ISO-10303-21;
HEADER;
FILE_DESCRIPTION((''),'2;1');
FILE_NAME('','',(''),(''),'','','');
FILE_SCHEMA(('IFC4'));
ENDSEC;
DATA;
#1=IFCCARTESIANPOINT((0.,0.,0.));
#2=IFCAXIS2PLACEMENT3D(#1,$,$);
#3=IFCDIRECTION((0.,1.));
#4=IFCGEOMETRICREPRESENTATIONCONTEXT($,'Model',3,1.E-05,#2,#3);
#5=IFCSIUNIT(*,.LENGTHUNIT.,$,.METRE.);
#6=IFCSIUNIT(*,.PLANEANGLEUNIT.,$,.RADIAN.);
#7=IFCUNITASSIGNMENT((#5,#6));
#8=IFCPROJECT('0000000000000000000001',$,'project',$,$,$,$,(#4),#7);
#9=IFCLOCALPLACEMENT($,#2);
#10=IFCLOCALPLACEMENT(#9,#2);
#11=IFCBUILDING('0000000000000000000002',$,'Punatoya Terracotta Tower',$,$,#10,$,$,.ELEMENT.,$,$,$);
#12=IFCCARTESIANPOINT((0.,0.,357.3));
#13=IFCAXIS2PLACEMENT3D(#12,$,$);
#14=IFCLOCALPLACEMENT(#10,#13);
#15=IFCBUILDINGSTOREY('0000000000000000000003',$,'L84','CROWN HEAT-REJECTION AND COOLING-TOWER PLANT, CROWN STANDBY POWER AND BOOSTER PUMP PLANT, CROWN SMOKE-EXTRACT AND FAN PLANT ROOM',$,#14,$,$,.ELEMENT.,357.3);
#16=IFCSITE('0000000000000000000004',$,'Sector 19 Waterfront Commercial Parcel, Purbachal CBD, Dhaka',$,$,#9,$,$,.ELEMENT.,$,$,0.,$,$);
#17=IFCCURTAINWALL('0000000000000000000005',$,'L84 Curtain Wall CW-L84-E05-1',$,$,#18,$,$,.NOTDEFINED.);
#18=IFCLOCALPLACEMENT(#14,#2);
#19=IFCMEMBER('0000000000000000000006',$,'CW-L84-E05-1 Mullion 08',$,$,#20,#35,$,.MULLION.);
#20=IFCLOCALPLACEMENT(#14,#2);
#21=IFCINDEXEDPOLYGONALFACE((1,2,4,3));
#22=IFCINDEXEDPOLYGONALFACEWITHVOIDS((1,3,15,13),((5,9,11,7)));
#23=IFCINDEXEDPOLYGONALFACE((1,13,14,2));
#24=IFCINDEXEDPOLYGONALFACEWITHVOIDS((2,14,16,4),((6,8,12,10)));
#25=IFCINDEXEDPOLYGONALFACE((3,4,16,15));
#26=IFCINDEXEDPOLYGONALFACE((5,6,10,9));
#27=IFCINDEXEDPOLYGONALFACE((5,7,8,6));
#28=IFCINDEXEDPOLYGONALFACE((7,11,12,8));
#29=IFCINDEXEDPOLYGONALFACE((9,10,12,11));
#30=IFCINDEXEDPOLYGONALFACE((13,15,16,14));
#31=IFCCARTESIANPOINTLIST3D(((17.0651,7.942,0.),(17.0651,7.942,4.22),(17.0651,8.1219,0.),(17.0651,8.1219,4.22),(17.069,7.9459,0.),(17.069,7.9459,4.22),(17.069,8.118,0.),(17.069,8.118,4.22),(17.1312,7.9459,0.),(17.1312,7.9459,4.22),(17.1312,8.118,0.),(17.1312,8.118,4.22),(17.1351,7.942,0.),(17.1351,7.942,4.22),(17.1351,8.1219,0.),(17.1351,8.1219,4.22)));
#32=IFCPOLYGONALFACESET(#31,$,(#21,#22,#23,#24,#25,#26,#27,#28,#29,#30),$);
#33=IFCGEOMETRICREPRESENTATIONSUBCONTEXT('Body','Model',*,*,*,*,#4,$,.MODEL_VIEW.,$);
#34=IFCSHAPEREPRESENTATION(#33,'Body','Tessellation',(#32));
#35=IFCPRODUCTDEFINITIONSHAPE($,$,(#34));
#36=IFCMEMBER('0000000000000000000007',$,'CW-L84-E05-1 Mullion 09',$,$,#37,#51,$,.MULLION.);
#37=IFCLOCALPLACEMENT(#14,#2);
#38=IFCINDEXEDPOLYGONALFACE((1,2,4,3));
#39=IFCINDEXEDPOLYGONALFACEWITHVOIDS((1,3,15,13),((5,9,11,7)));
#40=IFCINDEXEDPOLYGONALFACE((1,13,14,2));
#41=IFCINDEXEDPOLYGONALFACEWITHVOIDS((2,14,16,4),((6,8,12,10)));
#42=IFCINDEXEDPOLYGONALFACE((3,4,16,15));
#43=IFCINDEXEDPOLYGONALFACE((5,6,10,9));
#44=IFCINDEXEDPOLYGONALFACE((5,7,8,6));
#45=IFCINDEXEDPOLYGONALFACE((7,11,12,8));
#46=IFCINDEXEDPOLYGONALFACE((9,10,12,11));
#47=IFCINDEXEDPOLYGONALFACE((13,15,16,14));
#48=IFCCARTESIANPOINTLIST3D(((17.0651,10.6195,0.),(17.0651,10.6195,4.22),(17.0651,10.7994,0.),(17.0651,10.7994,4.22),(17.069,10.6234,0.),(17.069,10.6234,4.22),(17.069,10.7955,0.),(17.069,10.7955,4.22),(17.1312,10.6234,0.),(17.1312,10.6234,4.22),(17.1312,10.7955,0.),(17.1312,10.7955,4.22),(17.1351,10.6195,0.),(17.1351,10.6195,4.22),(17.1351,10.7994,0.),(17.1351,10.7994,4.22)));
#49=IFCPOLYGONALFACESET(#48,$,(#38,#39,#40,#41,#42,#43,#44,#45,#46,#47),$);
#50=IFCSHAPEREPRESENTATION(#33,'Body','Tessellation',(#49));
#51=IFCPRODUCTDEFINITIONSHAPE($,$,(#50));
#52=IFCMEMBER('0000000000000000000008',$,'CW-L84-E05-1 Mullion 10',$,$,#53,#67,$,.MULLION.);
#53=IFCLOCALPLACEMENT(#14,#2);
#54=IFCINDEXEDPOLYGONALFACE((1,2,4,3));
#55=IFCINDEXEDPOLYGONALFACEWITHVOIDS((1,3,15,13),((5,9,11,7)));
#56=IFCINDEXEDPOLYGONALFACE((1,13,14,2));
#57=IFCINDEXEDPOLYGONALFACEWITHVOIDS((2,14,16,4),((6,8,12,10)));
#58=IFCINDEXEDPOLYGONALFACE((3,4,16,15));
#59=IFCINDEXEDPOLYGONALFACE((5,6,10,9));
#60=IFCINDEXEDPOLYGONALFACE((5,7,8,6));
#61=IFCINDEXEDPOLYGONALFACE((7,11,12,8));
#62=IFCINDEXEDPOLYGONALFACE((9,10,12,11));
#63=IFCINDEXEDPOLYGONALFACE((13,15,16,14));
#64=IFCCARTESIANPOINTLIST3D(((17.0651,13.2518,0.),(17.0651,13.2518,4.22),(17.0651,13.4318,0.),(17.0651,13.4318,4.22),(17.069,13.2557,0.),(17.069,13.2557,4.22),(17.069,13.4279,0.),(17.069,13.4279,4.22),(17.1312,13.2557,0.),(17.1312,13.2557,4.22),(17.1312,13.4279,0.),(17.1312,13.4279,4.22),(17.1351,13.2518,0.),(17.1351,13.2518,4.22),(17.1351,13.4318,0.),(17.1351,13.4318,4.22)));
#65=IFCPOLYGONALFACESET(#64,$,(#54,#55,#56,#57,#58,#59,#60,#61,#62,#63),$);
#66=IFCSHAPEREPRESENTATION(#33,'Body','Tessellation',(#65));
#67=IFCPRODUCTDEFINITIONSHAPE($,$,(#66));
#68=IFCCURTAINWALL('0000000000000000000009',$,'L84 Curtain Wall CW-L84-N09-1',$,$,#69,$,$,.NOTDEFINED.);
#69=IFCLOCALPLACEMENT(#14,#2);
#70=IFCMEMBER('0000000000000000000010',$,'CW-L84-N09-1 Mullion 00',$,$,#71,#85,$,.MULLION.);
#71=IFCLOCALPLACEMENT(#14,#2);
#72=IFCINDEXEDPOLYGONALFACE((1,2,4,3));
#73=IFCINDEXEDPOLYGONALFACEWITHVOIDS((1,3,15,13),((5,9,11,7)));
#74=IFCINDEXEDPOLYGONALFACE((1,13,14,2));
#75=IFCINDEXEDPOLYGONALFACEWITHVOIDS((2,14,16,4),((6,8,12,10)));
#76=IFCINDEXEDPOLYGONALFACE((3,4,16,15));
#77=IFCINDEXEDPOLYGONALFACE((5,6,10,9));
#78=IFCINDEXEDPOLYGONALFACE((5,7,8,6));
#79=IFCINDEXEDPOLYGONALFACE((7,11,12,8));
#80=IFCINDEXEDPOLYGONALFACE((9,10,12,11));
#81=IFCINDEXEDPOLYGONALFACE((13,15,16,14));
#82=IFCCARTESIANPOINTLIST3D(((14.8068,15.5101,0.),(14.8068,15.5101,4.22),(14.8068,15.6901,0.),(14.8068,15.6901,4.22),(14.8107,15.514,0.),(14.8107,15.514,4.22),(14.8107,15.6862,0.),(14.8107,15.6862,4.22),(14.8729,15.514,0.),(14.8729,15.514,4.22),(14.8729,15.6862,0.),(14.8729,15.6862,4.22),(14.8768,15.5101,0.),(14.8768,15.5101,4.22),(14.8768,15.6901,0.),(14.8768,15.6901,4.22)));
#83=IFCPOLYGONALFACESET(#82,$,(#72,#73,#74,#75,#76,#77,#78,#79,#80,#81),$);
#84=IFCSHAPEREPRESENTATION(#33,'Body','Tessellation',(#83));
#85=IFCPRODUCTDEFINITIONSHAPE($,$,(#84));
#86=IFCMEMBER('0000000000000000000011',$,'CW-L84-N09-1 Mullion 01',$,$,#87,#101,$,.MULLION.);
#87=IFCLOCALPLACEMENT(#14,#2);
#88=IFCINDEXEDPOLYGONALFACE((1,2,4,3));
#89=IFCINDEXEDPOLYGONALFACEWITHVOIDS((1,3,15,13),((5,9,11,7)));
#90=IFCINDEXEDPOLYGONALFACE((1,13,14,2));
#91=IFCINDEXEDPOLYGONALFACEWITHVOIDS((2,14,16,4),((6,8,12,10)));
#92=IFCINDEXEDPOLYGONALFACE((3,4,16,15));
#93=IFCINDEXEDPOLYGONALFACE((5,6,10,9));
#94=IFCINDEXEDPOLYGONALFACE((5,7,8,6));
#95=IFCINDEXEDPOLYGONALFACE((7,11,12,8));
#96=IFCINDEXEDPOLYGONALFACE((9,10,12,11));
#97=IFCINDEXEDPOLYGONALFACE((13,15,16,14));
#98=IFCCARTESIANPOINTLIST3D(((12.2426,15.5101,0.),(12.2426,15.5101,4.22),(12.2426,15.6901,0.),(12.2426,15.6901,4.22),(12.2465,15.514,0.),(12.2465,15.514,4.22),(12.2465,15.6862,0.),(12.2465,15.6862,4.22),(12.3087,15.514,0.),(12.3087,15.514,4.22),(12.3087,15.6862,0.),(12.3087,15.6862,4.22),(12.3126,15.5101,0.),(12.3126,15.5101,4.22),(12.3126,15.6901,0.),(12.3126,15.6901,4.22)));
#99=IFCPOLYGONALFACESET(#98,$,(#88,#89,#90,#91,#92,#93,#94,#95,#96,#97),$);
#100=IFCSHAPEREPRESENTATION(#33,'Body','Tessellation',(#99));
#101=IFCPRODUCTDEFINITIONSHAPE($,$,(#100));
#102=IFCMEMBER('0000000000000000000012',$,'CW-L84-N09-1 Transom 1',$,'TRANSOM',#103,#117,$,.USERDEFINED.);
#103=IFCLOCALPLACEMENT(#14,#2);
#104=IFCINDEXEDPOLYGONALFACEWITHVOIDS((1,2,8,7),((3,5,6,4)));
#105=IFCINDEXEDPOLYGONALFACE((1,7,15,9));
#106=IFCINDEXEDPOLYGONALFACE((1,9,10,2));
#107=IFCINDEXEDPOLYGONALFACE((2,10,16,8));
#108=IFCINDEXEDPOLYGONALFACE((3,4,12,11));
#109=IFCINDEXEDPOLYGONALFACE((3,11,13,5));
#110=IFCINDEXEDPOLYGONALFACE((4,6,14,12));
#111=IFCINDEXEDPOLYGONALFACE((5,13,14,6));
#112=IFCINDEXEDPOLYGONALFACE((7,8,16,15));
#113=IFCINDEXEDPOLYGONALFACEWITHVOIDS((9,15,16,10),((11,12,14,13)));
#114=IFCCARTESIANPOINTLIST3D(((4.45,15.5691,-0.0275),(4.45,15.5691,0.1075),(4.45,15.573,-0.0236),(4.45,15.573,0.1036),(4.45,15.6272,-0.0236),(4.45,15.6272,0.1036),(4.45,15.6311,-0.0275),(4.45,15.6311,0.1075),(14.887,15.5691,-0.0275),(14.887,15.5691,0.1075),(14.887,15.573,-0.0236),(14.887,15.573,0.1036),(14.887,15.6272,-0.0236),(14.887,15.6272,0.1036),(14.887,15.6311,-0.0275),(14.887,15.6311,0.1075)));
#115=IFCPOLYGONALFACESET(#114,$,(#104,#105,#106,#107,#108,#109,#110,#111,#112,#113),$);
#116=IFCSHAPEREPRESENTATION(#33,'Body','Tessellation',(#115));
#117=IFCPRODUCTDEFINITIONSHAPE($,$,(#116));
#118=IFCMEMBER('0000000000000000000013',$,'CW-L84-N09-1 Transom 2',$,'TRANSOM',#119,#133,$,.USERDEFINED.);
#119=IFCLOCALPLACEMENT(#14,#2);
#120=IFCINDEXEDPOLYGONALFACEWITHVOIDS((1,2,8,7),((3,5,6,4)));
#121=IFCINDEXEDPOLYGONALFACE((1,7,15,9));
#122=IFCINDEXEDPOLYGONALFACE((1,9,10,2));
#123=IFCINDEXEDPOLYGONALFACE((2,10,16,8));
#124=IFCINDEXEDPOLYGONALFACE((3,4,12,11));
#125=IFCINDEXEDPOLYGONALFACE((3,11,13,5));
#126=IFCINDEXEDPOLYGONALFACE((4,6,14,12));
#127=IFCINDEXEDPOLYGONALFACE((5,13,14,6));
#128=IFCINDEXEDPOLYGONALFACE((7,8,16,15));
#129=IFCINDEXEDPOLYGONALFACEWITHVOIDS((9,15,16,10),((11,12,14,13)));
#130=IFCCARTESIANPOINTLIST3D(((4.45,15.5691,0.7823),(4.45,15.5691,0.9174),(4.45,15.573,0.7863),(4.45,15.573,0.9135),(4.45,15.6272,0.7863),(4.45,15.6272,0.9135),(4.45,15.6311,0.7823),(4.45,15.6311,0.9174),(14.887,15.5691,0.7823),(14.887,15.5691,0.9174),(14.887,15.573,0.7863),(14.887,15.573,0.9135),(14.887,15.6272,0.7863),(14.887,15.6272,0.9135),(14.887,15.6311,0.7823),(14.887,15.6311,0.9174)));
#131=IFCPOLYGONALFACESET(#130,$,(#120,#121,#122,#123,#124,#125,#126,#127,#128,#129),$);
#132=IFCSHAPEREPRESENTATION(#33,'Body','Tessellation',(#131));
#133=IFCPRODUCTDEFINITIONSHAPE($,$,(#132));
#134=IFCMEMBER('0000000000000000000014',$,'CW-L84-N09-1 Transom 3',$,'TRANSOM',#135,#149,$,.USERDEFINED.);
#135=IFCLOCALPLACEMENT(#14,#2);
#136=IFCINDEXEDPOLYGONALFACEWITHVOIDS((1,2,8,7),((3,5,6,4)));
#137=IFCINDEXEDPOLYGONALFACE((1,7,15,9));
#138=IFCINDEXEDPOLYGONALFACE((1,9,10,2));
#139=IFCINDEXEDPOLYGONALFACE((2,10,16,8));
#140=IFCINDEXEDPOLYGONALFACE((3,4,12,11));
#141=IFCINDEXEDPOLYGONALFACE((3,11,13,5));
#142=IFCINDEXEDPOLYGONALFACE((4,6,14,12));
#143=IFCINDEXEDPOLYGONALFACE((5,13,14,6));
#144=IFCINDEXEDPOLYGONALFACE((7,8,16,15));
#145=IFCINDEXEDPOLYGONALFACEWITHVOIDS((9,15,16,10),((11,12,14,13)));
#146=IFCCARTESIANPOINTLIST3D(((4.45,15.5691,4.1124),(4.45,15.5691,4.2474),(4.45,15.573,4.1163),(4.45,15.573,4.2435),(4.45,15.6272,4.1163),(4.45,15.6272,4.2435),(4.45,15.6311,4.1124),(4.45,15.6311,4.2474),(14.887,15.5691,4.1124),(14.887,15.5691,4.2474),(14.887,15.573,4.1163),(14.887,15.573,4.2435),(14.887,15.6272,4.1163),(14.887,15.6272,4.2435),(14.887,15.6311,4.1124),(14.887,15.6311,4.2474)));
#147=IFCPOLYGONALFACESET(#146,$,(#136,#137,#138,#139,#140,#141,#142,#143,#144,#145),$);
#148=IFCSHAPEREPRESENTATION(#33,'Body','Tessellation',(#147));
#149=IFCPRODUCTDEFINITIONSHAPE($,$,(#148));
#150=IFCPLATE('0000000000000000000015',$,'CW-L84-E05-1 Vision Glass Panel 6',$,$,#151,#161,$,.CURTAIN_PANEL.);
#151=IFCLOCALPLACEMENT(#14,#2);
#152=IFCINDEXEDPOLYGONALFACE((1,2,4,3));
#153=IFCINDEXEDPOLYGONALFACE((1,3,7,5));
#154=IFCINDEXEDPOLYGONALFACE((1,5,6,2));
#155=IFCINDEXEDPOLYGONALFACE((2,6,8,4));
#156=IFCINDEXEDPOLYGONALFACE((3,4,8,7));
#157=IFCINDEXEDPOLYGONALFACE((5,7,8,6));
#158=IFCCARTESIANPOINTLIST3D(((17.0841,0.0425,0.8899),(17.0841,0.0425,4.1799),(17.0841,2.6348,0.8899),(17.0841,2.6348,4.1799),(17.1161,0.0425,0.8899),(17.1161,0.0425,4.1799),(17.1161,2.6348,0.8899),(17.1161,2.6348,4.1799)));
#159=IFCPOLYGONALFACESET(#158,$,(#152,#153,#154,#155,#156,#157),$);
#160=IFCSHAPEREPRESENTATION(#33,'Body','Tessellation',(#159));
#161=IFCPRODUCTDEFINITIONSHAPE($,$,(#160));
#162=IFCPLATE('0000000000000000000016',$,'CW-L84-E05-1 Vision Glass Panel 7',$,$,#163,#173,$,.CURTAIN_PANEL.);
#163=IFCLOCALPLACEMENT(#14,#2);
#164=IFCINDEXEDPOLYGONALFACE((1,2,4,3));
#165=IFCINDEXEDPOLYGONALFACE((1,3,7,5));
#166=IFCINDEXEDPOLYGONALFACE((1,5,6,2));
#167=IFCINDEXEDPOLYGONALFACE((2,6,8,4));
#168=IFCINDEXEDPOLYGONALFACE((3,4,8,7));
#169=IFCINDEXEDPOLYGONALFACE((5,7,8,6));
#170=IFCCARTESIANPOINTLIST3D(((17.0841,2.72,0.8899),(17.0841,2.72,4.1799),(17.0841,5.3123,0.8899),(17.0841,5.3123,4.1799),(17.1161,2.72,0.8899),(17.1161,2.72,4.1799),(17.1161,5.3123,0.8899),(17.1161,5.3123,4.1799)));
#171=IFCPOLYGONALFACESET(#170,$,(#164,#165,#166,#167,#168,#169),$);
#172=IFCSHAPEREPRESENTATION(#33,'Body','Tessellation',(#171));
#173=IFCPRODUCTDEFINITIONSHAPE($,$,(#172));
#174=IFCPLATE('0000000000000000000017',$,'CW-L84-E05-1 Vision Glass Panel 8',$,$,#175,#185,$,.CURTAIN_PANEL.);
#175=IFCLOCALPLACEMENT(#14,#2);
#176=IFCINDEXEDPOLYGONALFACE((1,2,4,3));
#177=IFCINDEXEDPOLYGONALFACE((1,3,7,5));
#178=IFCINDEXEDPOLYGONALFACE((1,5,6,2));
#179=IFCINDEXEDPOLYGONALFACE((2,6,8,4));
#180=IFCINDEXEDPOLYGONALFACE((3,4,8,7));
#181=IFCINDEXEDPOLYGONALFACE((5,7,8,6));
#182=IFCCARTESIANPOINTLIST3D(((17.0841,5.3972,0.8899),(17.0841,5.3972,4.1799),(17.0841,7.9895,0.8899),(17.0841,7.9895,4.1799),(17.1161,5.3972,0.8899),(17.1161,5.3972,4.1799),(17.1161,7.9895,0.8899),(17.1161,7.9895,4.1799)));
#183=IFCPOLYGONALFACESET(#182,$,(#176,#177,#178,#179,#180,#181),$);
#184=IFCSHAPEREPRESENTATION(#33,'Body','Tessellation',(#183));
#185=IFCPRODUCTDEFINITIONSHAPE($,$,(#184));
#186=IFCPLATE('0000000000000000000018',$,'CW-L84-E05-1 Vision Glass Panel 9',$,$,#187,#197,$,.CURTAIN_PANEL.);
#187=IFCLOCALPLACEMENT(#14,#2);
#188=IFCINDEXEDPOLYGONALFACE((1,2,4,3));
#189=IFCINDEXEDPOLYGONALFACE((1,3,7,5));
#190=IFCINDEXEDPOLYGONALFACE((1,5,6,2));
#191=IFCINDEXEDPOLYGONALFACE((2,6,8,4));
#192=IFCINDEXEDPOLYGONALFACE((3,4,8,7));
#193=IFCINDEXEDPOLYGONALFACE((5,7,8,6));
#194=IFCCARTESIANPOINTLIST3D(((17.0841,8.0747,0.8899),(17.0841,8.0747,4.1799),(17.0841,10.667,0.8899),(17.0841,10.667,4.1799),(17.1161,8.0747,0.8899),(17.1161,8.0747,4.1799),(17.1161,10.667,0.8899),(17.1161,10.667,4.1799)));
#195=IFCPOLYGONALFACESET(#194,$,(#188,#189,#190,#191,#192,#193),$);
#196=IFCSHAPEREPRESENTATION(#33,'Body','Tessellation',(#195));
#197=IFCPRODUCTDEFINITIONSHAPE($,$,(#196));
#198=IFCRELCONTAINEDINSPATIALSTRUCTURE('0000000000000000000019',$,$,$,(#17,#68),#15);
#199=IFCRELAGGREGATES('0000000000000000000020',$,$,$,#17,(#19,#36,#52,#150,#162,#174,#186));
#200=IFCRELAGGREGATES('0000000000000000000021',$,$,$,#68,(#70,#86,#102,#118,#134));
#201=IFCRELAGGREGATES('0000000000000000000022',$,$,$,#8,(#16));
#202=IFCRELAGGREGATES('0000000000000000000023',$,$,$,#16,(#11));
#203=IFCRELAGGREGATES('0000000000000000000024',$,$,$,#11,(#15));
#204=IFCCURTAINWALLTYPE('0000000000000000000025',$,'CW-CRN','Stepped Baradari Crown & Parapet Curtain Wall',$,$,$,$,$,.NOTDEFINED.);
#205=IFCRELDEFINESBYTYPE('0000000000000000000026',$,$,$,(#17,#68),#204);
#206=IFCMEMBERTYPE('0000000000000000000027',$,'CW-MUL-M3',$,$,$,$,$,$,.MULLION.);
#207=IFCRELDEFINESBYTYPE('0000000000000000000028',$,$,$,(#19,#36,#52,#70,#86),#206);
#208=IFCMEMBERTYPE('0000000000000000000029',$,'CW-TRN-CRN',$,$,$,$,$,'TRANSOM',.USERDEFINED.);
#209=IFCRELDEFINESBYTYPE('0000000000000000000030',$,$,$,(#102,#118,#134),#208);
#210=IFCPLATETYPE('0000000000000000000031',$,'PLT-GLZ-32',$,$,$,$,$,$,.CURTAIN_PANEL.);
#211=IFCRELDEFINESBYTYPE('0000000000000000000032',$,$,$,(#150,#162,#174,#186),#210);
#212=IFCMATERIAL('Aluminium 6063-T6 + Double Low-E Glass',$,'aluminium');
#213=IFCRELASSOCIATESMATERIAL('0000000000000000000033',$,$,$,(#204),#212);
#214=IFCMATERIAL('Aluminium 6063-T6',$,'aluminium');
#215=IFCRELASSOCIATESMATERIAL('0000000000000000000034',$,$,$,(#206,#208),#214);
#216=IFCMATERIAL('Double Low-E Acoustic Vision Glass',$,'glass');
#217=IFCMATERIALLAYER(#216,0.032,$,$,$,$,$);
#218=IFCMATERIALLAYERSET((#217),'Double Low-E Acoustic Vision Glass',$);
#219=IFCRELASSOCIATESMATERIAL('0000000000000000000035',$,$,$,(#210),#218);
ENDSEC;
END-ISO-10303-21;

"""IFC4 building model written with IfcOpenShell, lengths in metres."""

from ifc_helpers import new_model, si_unit, direction, frame, origin, origin_2d, place, context, subcontext, project, spatial, rectangle, hollow_rectangle, extrude, material, layer, layer_set, material_profile, profile_set, type_object, element, aggregate, save


model = new_model("IFC4")

# Units and contexts
model_context = context("Model", 3, precision=1e-05, world=origin(), true_north=direction((0.0, 1.0)))
body_context = subcontext(model_context, "Body", "Model", "MODEL_VIEW")
ifc_project = project(units=[si_unit("LENGTHUNIT", "METRE"), si_unit("PLANEANGLEUNIT", "RADIAN")], contexts=[model_context])

# Site, building, storey
site_placement = place(None, origin())
site = spatial("IfcSite", under=ifc_project, at=site_placement, Name="Sector 19 Waterfront Commercial Parcel, Purbachal CBD, Dhaka", CompositionType="ELEMENT", RefElevation=0.0)
building_placement = place(site_placement, origin())
building = spatial("IfcBuilding", under=site, at=building_placement, Name="Punatoya Terracotta Tower", CompositionType="ELEMENT")
storey_placement = place(building_placement, frame((0.0, 0.0, 357.3)))
storey = spatial("IfcBuildingStorey", under=building, at=storey_placement, Name="L84", Description="CROWN HEAT-REJECTION AND COOLING-TOWER PLANT, CROWN STANDBY POWER AND BOOSTER PUMP PLANT, CROWN SMOKE-EXTRACT AND FAN PLANT ROOM", CompositionType="ELEMENT", Elevation=357.3)

# Curtain walls, members
ifc_material_1 = material(Name="Aluminium 6063-T6 + Double Low-E Glass", Category="aluminium")
curtain_wall_type = type_object("IfcCurtainWallType", Name="CW-CRN", Description="Stepped Baradari Crown & Parapet Curtain Wall", PredefinedType="NOTDEFINED", material=ifc_material_1)
curtain_wall_1_placement = place(storey_placement, origin())
curtain_wall_1 = element("IfcCurtainWall", 1, at=curtain_wall_1_placement, inside=storey, type_object=curtain_wall_type, Name="L84 Curtain Wall CW-L84-E05-1", PredefinedType="NOTDEFINED")
ifc_material_2 = material(Name="Aluminium 6063-T6", Category="aluminium")
ifc_material_profile_1 = material_profile(ifc_material_2, hollow_rectangle(XDim=0.0701, YDim=0.1799, WallThickness=0.0039, at=origin_2d()))
ifc_profile_set_1 = profile_set([ifc_material_profile_1], Name="Aluminium 6063-T6")
member_type_1 = type_object("IfcMemberType", Name="CW-MUL-M3", PredefinedType="MULLION", material=ifc_profile_set_1)
member_1_placement = place(storey_placement, frame((17.1001, 8.032, 0.0), z_axis=(0.0, 0.0, 1.0), x_axis=(1.0, 0.0, 0.0)))
member_1 = element("IfcMember", 2, at=member_1_placement, type_object=member_type_1, Name="CW-L84-E05-1 Mullion 08", PredefinedType="MULLION", context=body_context, shape_type="SweptSolid", body=[
    extrude(hollow_rectangle(XDim=0.0701, YDim=0.1799, WallThickness=0.0039, at=origin_2d()), origin(), (0.0, 0.0, 1.0), 4.22),
])
member_2_placement = place(storey_placement, frame((17.1001, 10.7095, 0.0), z_axis=(0.0, 0.0, 1.0), x_axis=(1.0, 0.0, 0.0)))
member_2 = element("IfcMember", 3, at=member_2_placement, type_object=member_type_1, Name="CW-L84-E05-1 Mullion 09", PredefinedType="MULLION", context=body_context, shape_type="SweptSolid", body=[
    extrude(hollow_rectangle(XDim=0.0701, YDim=0.1799, WallThickness=0.0039, at=origin_2d()), origin(), (0.0, 0.0, 1.0), 4.22),
])
member_3_placement = place(storey_placement, frame((17.1001, 13.3418, 0.0), z_axis=(0.0, 0.0, 1.0), x_axis=(1.0, 0.0, 0.0)))
member_3 = element("IfcMember", 4, at=member_3_placement, type_object=member_type_1, Name="CW-L84-E05-1 Mullion 10", PredefinedType="MULLION", context=body_context, shape_type="SweptSolid", body=[
    extrude(hollow_rectangle(XDim=0.0701, YDim=0.1799, WallThickness=0.0039, at=origin_2d()), origin(), (0.0, 0.0, 1.0), 4.22),
])
curtain_wall_2_placement = place(storey_placement, origin())
curtain_wall_2 = element("IfcCurtainWall", 5, at=curtain_wall_2_placement, inside=storey, type_object=curtain_wall_type, Name="L84 Curtain Wall CW-L84-N09-1", PredefinedType="NOTDEFINED")
member_4_placement = place(storey_placement, frame((14.8418, 15.6001, 0.0), z_axis=(0.0, 0.0, 1.0), x_axis=(1.0, 0.0, 0.0)))
member_4 = element("IfcMember", 6, at=member_4_placement, type_object=member_type_1, Name="CW-L84-N09-1 Mullion 00", PredefinedType="MULLION", context=body_context, shape_type="SweptSolid", body=[
    extrude(hollow_rectangle(XDim=0.0701, YDim=0.1799, WallThickness=0.0039, at=origin_2d()), origin(), (0.0, 0.0, 1.0), 4.22),
])
member_5_placement = place(storey_placement, frame((12.2776, 15.6001, 0.0), z_axis=(0.0, 0.0, 1.0), x_axis=(1.0, 0.0, 0.0)))
member_5 = element("IfcMember", 7, at=member_5_placement, type_object=member_type_1, Name="CW-L84-N09-1 Mullion 01", PredefinedType="MULLION", context=body_context, shape_type="SweptSolid", body=[
    extrude(hollow_rectangle(XDim=0.0701, YDim=0.1799, WallThickness=0.0039, at=origin_2d()), origin(), (0.0, 0.0, 1.0), 4.22),
])
ifc_material_profile_2 = material_profile(ifc_material_2, hollow_rectangle(XDim=0.062, YDim=0.135, WallThickness=0.0039, at=origin_2d()))
ifc_profile_set_2 = profile_set([ifc_material_profile_2], Name="Aluminium 6063-T6")
member_type_2 = type_object("IfcMemberType", Name="CW-TRN-CRN", ElementType="TRANSOM", PredefinedType="USERDEFINED", material=ifc_profile_set_2)
member_6_placement = place(storey_placement, frame((14.887, 15.6001, 0.04), z_axis=(-1.0, 0.0, 0.0), x_axis=(0.0, -1.0, 0.0)))
member_6 = element("IfcMember", 8, at=member_6_placement, type_object=member_type_2, Name="CW-L84-N09-1 Transom 1", ObjectType="TRANSOM", PredefinedType="USERDEFINED", context=body_context, shape_type="SweptSolid", body=[
    extrude(hollow_rectangle(XDim=0.062, YDim=0.135, WallThickness=0.0039, at=origin_2d()), origin(), (0.0, 0.0, 1.0), 10.437),
])
member_7_placement = place(storey_placement, frame((14.887, 15.6001, 0.8499), z_axis=(-1.0, 0.0, 0.0), x_axis=(0.0, -1.0, 0.0)))
member_7 = element("IfcMember", 9, at=member_7_placement, type_object=member_type_2, Name="CW-L84-N09-1 Transom 2", ObjectType="TRANSOM", PredefinedType="USERDEFINED", context=body_context, shape_type="SweptSolid", body=[
    extrude(hollow_rectangle(XDim=0.062, YDim=0.135, WallThickness=0.0039, at=origin_2d()), origin(), (0.0, 0.0, 1.0), 10.437),
])
member_8_placement = place(storey_placement, frame((14.887, 15.6001, 4.1799), z_axis=(-1.0, 0.0, 0.0), x_axis=(0.0, -1.0, 0.0)))
member_8 = element("IfcMember", 10, at=member_8_placement, type_object=member_type_2, Name="CW-L84-N09-1 Transom 3", ObjectType="TRANSOM", PredefinedType="USERDEFINED", context=body_context, shape_type="SweptSolid", body=[
    extrude(hollow_rectangle(XDim=0.062, YDim=0.135, WallThickness=0.0039, at=origin_2d()), origin(), (0.0, 0.0, 1.0), 10.437),
])

# Plates
ifc_material_3 = material(Name="Double Low-E Acoustic Vision Glass", Category="glass")
ifc_layer_1 = layer(ifc_material_3, 0.032)
ifc_layer_set_1 = layer_set([ifc_layer_1], Name="Double Low-E Acoustic Vision Glass")
plate_type_1 = type_object("IfcPlateType", Name="PLT-GLZ-32", PredefinedType="CURTAIN_PANEL", material=ifc_layer_set_1)
plate_1_placement = place(storey_placement, frame((17.1001, 1.3386, 0.8899), z_axis=(0.0, 0.0, 1.0), x_axis=(0.0, 1.0, 0.0)))
plate_1 = element("IfcPlate", 11, at=plate_1_placement, type_object=plate_type_1, Name="CW-L84-E05-1 Vision Glass Panel 6", PredefinedType="CURTAIN_PANEL", context=body_context, shape_type="SweptSolid", body=[
    extrude(rectangle(XDim=2.5923, YDim=0.032, at=origin_2d()), origin(), (0.0, 0.0, 1.0), 3.29),
])
plate_2_placement = place(storey_placement, frame((17.1001, 4.0161, 0.8899), z_axis=(0.0, 0.0, 1.0), x_axis=(0.0, 1.0, 0.0)))
plate_2 = element("IfcPlate", 12, at=plate_2_placement, type_object=plate_type_1, Name="CW-L84-E05-1 Vision Glass Panel 7", PredefinedType="CURTAIN_PANEL", context=body_context, shape_type="SweptSolid", body=[
    extrude(rectangle(XDim=2.5923, YDim=0.032, at=origin_2d()), origin(), (0.0, 0.0, 1.0), 3.29),
])
plate_3_placement = place(storey_placement, frame((17.1001, 6.6934, 0.8899), z_axis=(0.0, 0.0, 1.0), x_axis=(0.0, 1.0, 0.0)))
plate_3 = element("IfcPlate", 13, at=plate_3_placement, type_object=plate_type_1, Name="CW-L84-E05-1 Vision Glass Panel 8", PredefinedType="CURTAIN_PANEL", context=body_context, shape_type="SweptSolid", body=[
    extrude(rectangle(XDim=2.5923, YDim=0.032, at=origin_2d()), origin(), (0.0, 0.0, 1.0), 3.29),
])
plate_4_placement = place(storey_placement, frame((17.1001, 9.3708, 0.8899), z_axis=(0.0, 0.0, 1.0), x_axis=(0.0, 1.0, 0.0)))
plate_4 = element("IfcPlate", 14, at=plate_4_placement, type_object=plate_type_1, Name="CW-L84-E05-1 Vision Glass Panel 9", PredefinedType="CURTAIN_PANEL", context=body_context, shape_type="SweptSolid", body=[
    extrude(rectangle(XDim=2.5923, YDim=0.032, at=origin_2d()), origin(), (0.0, 0.0, 1.0), 3.29),
])
aggregate(curtain_wall_1, [member_1, member_2, member_3, plate_1, plate_2, plate_3, plate_4])
aggregate(curtain_wall_2, [member_4, member_5, member_6, member_7, member_8])

save(model, "model.ifc")
